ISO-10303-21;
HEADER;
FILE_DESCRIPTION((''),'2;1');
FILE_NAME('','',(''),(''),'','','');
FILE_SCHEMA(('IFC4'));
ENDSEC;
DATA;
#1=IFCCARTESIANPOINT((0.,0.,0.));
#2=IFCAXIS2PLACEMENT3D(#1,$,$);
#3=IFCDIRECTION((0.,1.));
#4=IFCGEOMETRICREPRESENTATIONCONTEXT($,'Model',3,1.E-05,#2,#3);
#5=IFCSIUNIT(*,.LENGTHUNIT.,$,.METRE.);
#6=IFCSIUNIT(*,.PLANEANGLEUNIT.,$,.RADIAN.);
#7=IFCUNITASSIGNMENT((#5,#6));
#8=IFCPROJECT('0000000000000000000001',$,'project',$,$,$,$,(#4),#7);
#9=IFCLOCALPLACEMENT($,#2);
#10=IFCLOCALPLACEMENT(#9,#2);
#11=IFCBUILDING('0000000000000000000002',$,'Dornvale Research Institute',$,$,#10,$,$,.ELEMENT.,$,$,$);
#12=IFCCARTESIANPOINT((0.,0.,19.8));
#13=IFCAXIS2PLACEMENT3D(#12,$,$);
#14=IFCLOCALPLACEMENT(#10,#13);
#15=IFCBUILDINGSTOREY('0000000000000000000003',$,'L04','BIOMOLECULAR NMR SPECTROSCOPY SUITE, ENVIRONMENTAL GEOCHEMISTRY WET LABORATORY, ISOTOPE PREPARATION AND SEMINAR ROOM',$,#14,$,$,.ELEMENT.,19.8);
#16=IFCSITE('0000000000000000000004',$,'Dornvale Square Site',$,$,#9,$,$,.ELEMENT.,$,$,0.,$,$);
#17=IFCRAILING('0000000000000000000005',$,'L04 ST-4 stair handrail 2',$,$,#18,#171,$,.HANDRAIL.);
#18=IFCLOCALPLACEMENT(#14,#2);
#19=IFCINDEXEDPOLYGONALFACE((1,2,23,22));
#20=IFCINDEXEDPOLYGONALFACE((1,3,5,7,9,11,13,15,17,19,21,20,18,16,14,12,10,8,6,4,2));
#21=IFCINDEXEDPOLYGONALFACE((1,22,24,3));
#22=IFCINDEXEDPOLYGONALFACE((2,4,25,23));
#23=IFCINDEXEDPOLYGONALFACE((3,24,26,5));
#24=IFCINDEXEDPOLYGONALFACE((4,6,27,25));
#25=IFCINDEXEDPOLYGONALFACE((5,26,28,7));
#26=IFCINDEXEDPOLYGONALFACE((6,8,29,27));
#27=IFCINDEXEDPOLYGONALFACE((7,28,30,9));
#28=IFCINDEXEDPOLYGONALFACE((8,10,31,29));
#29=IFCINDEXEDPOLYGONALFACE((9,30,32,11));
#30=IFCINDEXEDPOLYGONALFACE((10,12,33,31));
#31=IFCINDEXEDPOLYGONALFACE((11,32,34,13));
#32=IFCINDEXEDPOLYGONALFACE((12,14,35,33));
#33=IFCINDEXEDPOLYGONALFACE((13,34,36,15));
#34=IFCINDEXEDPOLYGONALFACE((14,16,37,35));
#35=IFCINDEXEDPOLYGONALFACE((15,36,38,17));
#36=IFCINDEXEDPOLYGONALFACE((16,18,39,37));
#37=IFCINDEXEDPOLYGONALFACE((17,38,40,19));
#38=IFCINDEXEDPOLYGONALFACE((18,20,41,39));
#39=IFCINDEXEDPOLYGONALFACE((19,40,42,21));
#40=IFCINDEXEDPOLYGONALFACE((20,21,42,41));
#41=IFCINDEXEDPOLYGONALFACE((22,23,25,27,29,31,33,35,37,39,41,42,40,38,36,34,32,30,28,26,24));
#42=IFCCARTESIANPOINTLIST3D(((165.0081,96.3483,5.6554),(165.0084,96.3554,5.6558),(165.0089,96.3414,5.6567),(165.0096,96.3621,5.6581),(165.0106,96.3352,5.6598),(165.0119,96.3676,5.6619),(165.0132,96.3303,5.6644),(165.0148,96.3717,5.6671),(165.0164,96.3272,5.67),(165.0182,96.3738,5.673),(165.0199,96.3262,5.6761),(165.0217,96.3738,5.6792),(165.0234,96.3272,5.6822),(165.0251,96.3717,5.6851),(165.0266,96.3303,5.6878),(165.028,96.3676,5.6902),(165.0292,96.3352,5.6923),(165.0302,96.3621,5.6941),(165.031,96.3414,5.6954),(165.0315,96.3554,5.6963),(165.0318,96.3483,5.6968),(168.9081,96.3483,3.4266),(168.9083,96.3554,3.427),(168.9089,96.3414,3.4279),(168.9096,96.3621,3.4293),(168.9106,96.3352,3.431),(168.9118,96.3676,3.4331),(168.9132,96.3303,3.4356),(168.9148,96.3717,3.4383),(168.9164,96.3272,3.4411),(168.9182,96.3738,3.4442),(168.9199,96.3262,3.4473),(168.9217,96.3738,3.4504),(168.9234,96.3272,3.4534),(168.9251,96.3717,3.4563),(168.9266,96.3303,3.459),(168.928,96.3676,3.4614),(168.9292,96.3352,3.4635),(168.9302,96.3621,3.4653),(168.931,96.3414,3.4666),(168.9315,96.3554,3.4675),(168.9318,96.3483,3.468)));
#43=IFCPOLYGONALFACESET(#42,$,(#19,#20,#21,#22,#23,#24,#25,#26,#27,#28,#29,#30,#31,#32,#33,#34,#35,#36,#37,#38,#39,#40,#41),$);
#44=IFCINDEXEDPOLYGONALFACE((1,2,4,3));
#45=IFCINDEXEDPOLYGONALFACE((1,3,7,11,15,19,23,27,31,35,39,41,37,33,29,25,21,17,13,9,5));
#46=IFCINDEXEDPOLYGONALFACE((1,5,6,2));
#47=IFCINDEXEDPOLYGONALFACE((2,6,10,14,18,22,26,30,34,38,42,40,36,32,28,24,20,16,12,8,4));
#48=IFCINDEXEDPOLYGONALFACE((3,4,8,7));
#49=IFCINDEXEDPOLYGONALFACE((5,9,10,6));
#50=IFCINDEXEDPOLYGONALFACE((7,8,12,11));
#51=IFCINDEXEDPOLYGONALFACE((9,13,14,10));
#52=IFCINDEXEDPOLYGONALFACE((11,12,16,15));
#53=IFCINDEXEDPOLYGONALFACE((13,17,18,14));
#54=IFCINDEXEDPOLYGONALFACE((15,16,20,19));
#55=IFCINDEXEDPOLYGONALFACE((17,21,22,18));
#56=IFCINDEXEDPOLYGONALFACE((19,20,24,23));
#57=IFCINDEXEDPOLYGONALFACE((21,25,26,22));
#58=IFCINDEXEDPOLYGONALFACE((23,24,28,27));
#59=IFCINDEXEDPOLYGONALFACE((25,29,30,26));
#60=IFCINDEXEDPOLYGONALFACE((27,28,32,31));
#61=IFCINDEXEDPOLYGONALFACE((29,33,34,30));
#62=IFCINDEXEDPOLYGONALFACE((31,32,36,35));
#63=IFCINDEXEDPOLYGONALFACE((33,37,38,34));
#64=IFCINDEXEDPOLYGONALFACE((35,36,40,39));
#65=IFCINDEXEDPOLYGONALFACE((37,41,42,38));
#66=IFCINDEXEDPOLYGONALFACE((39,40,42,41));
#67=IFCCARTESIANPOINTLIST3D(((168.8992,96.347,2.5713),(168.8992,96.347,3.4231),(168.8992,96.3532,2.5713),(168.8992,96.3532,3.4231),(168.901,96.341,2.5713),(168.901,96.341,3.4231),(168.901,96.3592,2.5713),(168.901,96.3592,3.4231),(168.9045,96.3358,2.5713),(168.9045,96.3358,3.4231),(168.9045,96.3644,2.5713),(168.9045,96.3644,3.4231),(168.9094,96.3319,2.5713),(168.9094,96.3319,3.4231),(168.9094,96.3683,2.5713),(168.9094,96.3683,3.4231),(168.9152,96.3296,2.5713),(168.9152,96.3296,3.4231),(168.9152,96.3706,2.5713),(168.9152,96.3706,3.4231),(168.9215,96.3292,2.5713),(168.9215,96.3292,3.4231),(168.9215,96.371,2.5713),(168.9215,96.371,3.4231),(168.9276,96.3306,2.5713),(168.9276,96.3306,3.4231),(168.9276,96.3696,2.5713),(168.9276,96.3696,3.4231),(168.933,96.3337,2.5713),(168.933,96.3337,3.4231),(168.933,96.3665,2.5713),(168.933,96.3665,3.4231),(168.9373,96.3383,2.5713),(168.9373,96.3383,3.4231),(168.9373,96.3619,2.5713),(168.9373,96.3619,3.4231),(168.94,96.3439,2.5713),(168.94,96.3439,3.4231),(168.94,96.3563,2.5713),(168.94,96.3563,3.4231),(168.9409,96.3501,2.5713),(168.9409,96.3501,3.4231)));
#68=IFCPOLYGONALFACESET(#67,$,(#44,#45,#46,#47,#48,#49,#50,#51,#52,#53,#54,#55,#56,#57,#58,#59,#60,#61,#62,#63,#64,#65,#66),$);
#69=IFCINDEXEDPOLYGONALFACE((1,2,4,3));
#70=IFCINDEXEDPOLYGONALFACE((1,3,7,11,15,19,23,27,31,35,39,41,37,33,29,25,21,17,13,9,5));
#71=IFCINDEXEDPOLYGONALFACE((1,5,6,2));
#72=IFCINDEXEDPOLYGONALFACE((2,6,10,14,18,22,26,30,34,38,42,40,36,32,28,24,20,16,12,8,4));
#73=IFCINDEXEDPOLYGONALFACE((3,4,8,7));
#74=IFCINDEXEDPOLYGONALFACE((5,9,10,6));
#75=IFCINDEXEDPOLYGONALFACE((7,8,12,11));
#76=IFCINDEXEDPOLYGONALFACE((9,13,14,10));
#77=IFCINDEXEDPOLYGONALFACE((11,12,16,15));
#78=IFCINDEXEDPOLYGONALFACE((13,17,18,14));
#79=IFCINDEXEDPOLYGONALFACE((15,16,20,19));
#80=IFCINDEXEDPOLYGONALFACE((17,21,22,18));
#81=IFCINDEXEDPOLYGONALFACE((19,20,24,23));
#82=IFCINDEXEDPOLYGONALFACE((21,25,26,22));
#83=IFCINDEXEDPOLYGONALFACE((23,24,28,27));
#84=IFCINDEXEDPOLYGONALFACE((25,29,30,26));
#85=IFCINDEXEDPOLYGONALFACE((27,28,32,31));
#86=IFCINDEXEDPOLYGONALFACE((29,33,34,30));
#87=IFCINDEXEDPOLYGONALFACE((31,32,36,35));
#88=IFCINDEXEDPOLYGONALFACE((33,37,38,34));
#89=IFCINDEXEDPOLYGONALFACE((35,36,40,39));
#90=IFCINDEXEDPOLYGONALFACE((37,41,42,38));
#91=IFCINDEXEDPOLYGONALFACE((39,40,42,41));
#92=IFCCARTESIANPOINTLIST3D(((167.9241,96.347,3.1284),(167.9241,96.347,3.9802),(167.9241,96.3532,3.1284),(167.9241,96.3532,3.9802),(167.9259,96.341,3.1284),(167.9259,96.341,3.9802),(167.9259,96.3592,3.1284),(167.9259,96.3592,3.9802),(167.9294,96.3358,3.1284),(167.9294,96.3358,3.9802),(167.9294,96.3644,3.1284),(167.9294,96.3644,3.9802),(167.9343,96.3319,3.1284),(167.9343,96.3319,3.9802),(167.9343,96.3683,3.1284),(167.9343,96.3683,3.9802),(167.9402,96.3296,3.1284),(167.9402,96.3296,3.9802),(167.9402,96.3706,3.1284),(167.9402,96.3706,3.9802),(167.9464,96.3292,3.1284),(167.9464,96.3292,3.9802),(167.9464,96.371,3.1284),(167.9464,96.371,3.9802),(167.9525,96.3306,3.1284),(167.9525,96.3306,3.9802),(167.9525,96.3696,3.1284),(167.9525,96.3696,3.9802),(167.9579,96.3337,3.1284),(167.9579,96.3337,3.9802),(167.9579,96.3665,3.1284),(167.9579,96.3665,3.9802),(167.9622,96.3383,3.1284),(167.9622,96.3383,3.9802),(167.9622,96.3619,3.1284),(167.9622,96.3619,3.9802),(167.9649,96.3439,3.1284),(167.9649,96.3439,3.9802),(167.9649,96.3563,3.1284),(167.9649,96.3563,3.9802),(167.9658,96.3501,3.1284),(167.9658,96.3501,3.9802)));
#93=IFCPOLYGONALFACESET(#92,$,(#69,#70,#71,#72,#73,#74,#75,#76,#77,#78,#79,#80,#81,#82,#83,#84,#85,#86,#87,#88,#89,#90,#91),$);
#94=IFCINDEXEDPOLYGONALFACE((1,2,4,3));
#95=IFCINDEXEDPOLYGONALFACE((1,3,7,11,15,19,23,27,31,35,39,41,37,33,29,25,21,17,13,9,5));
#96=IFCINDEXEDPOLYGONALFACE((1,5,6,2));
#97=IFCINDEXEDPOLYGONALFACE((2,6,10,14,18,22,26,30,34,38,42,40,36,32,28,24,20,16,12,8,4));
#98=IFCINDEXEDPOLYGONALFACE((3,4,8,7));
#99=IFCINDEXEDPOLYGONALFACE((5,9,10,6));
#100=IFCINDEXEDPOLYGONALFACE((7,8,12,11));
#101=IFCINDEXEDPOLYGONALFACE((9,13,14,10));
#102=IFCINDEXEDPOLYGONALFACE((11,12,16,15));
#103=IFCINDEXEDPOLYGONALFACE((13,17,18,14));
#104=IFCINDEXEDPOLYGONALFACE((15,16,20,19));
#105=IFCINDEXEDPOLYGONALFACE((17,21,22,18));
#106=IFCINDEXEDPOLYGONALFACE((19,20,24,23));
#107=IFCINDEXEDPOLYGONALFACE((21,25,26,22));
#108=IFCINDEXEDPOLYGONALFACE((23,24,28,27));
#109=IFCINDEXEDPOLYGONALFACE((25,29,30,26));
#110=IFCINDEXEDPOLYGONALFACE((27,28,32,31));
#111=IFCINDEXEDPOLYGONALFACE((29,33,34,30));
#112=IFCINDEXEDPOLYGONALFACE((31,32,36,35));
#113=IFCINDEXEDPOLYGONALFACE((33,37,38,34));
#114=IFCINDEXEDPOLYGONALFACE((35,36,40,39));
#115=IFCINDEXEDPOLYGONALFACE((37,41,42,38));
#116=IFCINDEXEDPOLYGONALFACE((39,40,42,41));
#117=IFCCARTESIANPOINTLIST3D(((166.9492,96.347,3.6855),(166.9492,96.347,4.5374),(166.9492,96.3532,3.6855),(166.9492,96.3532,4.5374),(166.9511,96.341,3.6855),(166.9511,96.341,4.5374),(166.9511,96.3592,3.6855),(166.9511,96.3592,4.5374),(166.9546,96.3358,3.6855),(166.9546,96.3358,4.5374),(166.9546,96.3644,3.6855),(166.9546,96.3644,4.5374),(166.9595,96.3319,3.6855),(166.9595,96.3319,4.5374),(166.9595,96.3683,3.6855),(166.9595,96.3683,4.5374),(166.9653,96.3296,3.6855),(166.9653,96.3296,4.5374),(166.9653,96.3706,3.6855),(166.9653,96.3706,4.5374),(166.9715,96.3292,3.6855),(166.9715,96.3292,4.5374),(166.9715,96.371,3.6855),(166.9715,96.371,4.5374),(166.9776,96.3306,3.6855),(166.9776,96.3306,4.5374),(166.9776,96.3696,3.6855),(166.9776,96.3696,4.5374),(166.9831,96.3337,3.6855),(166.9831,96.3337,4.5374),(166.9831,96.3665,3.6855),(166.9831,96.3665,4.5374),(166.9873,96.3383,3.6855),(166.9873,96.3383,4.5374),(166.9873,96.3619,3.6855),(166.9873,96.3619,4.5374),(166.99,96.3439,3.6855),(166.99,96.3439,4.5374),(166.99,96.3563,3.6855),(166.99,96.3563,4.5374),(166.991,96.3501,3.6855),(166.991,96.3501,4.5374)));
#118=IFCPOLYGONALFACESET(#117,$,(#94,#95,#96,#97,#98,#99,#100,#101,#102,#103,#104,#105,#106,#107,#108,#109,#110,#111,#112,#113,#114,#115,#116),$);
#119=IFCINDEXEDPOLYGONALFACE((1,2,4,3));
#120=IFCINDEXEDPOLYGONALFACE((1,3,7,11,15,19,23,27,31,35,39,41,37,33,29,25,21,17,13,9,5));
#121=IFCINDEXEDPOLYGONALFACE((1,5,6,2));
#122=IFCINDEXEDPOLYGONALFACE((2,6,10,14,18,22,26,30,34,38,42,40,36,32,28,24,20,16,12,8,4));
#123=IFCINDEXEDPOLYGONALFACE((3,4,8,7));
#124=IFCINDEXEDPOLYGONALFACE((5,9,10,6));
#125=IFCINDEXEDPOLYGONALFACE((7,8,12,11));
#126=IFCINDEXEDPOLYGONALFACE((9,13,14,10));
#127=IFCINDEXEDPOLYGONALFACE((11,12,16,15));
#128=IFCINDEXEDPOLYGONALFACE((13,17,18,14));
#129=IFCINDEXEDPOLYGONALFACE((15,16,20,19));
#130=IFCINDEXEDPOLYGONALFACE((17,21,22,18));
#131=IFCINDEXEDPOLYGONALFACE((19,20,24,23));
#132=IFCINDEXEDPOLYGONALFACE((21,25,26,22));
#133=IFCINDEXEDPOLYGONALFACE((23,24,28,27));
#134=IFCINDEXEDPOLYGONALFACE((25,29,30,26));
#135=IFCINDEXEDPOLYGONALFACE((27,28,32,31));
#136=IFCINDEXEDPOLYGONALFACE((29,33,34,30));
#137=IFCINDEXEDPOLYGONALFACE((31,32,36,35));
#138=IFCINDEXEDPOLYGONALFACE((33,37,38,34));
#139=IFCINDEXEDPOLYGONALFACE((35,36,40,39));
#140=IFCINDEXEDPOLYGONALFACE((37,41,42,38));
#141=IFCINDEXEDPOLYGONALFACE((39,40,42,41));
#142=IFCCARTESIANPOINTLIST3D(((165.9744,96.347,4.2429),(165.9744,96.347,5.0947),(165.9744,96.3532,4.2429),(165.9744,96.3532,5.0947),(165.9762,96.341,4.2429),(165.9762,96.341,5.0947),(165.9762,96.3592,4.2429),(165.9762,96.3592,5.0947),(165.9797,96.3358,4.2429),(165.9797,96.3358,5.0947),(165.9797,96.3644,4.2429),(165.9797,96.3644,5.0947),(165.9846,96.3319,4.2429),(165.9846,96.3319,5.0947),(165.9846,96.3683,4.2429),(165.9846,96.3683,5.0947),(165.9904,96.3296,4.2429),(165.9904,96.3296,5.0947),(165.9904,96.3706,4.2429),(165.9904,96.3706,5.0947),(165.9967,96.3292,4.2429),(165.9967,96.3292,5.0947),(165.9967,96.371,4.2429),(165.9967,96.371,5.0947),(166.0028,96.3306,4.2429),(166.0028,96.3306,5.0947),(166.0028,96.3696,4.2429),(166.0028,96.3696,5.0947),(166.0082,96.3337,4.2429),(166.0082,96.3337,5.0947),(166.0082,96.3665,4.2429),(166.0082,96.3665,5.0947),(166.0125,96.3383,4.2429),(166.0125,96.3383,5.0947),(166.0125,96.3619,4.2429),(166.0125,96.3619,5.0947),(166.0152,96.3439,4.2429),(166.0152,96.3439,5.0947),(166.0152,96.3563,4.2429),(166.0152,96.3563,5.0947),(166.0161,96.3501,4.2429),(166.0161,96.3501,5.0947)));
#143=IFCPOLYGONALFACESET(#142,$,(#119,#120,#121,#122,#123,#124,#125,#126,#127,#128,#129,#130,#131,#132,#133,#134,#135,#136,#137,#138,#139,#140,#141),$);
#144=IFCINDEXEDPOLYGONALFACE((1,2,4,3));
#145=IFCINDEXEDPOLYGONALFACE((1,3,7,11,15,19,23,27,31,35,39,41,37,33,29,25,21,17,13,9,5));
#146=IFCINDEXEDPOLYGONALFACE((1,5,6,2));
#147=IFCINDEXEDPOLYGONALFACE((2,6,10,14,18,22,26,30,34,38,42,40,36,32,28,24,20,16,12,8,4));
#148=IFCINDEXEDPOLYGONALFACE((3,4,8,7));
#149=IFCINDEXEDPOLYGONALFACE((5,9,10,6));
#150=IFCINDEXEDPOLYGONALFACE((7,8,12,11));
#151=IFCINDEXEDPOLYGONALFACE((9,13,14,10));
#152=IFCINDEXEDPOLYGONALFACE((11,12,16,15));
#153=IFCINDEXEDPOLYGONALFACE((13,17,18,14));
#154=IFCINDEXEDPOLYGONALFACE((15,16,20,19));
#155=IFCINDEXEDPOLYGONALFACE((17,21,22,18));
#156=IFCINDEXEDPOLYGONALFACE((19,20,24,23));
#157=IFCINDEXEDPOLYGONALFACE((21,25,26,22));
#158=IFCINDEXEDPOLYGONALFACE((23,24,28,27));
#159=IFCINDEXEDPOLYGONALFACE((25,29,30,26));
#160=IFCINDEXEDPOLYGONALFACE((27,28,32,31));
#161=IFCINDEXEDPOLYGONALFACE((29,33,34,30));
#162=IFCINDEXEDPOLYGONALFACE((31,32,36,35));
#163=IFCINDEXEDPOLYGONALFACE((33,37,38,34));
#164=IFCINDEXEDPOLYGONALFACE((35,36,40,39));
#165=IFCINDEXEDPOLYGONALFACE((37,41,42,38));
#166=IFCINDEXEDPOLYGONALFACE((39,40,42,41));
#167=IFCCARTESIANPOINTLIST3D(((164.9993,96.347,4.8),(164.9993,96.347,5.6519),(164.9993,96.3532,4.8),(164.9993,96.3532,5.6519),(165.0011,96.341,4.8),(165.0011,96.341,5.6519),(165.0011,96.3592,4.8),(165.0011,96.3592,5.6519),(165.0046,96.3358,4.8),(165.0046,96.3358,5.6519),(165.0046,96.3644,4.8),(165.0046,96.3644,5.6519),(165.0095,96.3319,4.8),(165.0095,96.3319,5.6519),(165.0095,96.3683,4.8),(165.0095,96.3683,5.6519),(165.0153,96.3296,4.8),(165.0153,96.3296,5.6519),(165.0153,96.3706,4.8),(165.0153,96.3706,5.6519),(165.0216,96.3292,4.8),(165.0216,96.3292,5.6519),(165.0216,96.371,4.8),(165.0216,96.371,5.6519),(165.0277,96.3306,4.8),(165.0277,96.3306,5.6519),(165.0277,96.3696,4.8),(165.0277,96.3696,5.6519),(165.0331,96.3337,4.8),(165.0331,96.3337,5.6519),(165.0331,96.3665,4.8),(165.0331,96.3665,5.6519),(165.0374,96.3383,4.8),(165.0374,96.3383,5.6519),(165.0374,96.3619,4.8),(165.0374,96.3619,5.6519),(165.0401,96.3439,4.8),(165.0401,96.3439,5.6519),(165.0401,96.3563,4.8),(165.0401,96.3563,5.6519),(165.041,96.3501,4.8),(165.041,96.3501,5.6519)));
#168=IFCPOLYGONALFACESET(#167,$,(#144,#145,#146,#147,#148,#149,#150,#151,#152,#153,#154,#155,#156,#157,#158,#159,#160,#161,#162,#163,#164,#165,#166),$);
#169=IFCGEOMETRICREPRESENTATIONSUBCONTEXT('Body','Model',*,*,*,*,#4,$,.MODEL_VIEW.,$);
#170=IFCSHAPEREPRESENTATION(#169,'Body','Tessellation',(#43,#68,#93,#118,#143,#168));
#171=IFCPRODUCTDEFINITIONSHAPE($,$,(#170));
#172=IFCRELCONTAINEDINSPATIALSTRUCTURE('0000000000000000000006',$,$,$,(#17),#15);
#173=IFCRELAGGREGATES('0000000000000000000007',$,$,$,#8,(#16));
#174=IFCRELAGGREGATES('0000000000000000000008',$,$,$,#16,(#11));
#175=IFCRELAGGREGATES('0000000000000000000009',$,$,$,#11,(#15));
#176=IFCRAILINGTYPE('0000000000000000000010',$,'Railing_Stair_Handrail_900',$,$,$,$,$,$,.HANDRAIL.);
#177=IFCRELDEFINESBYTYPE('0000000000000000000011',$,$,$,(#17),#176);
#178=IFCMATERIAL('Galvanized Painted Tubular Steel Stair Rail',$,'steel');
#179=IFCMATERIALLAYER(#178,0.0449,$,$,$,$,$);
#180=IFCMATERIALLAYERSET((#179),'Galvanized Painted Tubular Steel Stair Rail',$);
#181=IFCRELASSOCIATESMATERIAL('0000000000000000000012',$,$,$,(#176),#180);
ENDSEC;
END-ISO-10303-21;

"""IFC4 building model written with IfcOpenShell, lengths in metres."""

from ifc_helpers import new_model, si_unit, direction, frame, origin, origin_2d, place, context, subcontext, project, spatial, circle, extrude, material, layer, layer_set, type_object, element, save


model = new_model("IFC4")

# Units and contexts
model_context = context("Model", 3, precision=1e-05, world=origin(), true_north=direction((0.0, 1.0)))
body_context = subcontext(model_context, "Body", "Model", "MODEL_VIEW")
ifc_project = project(units=[si_unit("LENGTHUNIT", "METRE"), si_unit("PLANEANGLEUNIT", "RADIAN")], contexts=[model_context])

# Site, building, storey
site_placement = place(None, origin())
site = spatial("IfcSite", under=ifc_project, at=site_placement, Name="Dornvale Square Site", CompositionType="ELEMENT", RefElevation=0.0)
building_placement = place(site_placement, origin())
building = spatial("IfcBuilding", under=site, at=building_placement, Name="Dornvale Research Institute", CompositionType="ELEMENT")
storey_placement = place(building_placement, frame((0.0, 0.0, 19.8)))
storey = spatial("IfcBuildingStorey", under=building, at=storey_placement, Name="L04", Description="BIOMOLECULAR NMR SPECTROSCOPY SUITE, ENVIRONMENTAL GEOCHEMISTRY WET LABORATORY, ISOTOPE PREPARATION AND SEMINAR ROOM", CompositionType="ELEMENT", Elevation=19.8)

# Railing
ifc_material_1 = material(Name="Galvanized Painted Tubular Steel Stair Rail", Category="steel")
ifc_layer_1 = layer(ifc_material_1, 0.0449)
ifc_layer_set_1 = layer_set([ifc_layer_1], Name="Galvanized Painted Tubular Steel Stair Rail")
railing_type_1 = type_object("IfcRailingType", Name="Railing_Stair_Handrail_900", PredefinedType="HANDRAIL", material=ifc_layer_set_1)
railing_1_placement = place(storey_placement, frame((168.9199, 96.3501, 2.5713)))
element("IfcRailing", 1, at=railing_1_placement, inside=storey, type_object=railing_type_1, Name="L04 ST-4 stair handrail 2", PredefinedType="HANDRAIL", context=body_context, shape_type="SweptSolid", body=[
    extrude(circle(Radius=0.0239, at=origin_2d()), frame((0.0, 0.0, 0.876), z_axis=(-0.86822, 0.0, 0.49618), x_axis=(0.0, -1.0, 0.0)), (0.0, 0.0, 1.0), 4.4919),
    extrude(circle(Radius=0.021, at=origin_2d()), origin(), (0.0, 0.0, 1.0), 0.8518),
    extrude(circle(Radius=0.021, at=origin_2d()), frame((-0.9751, 0.0, 0.5571)), (0.0, 0.0, 1.0), 0.8518),
    extrude(circle(Radius=0.021, at=origin_2d()), frame((-1.95, 0.0, 1.1143)), (0.0, 0.0, 1.0), 0.8518),
    extrude(circle(Radius=0.021, at=origin_2d()), frame((-2.9248, 0.0, 1.6716)), (0.0, 0.0, 1.0), 0.8518),
    extrude(circle(Radius=0.021, at=origin_2d()), frame((-3.8999, 0.0, 2.2288)), (0.0, 0.0, 1.0), 0.8518),
])

save(model, "model.ifc")
